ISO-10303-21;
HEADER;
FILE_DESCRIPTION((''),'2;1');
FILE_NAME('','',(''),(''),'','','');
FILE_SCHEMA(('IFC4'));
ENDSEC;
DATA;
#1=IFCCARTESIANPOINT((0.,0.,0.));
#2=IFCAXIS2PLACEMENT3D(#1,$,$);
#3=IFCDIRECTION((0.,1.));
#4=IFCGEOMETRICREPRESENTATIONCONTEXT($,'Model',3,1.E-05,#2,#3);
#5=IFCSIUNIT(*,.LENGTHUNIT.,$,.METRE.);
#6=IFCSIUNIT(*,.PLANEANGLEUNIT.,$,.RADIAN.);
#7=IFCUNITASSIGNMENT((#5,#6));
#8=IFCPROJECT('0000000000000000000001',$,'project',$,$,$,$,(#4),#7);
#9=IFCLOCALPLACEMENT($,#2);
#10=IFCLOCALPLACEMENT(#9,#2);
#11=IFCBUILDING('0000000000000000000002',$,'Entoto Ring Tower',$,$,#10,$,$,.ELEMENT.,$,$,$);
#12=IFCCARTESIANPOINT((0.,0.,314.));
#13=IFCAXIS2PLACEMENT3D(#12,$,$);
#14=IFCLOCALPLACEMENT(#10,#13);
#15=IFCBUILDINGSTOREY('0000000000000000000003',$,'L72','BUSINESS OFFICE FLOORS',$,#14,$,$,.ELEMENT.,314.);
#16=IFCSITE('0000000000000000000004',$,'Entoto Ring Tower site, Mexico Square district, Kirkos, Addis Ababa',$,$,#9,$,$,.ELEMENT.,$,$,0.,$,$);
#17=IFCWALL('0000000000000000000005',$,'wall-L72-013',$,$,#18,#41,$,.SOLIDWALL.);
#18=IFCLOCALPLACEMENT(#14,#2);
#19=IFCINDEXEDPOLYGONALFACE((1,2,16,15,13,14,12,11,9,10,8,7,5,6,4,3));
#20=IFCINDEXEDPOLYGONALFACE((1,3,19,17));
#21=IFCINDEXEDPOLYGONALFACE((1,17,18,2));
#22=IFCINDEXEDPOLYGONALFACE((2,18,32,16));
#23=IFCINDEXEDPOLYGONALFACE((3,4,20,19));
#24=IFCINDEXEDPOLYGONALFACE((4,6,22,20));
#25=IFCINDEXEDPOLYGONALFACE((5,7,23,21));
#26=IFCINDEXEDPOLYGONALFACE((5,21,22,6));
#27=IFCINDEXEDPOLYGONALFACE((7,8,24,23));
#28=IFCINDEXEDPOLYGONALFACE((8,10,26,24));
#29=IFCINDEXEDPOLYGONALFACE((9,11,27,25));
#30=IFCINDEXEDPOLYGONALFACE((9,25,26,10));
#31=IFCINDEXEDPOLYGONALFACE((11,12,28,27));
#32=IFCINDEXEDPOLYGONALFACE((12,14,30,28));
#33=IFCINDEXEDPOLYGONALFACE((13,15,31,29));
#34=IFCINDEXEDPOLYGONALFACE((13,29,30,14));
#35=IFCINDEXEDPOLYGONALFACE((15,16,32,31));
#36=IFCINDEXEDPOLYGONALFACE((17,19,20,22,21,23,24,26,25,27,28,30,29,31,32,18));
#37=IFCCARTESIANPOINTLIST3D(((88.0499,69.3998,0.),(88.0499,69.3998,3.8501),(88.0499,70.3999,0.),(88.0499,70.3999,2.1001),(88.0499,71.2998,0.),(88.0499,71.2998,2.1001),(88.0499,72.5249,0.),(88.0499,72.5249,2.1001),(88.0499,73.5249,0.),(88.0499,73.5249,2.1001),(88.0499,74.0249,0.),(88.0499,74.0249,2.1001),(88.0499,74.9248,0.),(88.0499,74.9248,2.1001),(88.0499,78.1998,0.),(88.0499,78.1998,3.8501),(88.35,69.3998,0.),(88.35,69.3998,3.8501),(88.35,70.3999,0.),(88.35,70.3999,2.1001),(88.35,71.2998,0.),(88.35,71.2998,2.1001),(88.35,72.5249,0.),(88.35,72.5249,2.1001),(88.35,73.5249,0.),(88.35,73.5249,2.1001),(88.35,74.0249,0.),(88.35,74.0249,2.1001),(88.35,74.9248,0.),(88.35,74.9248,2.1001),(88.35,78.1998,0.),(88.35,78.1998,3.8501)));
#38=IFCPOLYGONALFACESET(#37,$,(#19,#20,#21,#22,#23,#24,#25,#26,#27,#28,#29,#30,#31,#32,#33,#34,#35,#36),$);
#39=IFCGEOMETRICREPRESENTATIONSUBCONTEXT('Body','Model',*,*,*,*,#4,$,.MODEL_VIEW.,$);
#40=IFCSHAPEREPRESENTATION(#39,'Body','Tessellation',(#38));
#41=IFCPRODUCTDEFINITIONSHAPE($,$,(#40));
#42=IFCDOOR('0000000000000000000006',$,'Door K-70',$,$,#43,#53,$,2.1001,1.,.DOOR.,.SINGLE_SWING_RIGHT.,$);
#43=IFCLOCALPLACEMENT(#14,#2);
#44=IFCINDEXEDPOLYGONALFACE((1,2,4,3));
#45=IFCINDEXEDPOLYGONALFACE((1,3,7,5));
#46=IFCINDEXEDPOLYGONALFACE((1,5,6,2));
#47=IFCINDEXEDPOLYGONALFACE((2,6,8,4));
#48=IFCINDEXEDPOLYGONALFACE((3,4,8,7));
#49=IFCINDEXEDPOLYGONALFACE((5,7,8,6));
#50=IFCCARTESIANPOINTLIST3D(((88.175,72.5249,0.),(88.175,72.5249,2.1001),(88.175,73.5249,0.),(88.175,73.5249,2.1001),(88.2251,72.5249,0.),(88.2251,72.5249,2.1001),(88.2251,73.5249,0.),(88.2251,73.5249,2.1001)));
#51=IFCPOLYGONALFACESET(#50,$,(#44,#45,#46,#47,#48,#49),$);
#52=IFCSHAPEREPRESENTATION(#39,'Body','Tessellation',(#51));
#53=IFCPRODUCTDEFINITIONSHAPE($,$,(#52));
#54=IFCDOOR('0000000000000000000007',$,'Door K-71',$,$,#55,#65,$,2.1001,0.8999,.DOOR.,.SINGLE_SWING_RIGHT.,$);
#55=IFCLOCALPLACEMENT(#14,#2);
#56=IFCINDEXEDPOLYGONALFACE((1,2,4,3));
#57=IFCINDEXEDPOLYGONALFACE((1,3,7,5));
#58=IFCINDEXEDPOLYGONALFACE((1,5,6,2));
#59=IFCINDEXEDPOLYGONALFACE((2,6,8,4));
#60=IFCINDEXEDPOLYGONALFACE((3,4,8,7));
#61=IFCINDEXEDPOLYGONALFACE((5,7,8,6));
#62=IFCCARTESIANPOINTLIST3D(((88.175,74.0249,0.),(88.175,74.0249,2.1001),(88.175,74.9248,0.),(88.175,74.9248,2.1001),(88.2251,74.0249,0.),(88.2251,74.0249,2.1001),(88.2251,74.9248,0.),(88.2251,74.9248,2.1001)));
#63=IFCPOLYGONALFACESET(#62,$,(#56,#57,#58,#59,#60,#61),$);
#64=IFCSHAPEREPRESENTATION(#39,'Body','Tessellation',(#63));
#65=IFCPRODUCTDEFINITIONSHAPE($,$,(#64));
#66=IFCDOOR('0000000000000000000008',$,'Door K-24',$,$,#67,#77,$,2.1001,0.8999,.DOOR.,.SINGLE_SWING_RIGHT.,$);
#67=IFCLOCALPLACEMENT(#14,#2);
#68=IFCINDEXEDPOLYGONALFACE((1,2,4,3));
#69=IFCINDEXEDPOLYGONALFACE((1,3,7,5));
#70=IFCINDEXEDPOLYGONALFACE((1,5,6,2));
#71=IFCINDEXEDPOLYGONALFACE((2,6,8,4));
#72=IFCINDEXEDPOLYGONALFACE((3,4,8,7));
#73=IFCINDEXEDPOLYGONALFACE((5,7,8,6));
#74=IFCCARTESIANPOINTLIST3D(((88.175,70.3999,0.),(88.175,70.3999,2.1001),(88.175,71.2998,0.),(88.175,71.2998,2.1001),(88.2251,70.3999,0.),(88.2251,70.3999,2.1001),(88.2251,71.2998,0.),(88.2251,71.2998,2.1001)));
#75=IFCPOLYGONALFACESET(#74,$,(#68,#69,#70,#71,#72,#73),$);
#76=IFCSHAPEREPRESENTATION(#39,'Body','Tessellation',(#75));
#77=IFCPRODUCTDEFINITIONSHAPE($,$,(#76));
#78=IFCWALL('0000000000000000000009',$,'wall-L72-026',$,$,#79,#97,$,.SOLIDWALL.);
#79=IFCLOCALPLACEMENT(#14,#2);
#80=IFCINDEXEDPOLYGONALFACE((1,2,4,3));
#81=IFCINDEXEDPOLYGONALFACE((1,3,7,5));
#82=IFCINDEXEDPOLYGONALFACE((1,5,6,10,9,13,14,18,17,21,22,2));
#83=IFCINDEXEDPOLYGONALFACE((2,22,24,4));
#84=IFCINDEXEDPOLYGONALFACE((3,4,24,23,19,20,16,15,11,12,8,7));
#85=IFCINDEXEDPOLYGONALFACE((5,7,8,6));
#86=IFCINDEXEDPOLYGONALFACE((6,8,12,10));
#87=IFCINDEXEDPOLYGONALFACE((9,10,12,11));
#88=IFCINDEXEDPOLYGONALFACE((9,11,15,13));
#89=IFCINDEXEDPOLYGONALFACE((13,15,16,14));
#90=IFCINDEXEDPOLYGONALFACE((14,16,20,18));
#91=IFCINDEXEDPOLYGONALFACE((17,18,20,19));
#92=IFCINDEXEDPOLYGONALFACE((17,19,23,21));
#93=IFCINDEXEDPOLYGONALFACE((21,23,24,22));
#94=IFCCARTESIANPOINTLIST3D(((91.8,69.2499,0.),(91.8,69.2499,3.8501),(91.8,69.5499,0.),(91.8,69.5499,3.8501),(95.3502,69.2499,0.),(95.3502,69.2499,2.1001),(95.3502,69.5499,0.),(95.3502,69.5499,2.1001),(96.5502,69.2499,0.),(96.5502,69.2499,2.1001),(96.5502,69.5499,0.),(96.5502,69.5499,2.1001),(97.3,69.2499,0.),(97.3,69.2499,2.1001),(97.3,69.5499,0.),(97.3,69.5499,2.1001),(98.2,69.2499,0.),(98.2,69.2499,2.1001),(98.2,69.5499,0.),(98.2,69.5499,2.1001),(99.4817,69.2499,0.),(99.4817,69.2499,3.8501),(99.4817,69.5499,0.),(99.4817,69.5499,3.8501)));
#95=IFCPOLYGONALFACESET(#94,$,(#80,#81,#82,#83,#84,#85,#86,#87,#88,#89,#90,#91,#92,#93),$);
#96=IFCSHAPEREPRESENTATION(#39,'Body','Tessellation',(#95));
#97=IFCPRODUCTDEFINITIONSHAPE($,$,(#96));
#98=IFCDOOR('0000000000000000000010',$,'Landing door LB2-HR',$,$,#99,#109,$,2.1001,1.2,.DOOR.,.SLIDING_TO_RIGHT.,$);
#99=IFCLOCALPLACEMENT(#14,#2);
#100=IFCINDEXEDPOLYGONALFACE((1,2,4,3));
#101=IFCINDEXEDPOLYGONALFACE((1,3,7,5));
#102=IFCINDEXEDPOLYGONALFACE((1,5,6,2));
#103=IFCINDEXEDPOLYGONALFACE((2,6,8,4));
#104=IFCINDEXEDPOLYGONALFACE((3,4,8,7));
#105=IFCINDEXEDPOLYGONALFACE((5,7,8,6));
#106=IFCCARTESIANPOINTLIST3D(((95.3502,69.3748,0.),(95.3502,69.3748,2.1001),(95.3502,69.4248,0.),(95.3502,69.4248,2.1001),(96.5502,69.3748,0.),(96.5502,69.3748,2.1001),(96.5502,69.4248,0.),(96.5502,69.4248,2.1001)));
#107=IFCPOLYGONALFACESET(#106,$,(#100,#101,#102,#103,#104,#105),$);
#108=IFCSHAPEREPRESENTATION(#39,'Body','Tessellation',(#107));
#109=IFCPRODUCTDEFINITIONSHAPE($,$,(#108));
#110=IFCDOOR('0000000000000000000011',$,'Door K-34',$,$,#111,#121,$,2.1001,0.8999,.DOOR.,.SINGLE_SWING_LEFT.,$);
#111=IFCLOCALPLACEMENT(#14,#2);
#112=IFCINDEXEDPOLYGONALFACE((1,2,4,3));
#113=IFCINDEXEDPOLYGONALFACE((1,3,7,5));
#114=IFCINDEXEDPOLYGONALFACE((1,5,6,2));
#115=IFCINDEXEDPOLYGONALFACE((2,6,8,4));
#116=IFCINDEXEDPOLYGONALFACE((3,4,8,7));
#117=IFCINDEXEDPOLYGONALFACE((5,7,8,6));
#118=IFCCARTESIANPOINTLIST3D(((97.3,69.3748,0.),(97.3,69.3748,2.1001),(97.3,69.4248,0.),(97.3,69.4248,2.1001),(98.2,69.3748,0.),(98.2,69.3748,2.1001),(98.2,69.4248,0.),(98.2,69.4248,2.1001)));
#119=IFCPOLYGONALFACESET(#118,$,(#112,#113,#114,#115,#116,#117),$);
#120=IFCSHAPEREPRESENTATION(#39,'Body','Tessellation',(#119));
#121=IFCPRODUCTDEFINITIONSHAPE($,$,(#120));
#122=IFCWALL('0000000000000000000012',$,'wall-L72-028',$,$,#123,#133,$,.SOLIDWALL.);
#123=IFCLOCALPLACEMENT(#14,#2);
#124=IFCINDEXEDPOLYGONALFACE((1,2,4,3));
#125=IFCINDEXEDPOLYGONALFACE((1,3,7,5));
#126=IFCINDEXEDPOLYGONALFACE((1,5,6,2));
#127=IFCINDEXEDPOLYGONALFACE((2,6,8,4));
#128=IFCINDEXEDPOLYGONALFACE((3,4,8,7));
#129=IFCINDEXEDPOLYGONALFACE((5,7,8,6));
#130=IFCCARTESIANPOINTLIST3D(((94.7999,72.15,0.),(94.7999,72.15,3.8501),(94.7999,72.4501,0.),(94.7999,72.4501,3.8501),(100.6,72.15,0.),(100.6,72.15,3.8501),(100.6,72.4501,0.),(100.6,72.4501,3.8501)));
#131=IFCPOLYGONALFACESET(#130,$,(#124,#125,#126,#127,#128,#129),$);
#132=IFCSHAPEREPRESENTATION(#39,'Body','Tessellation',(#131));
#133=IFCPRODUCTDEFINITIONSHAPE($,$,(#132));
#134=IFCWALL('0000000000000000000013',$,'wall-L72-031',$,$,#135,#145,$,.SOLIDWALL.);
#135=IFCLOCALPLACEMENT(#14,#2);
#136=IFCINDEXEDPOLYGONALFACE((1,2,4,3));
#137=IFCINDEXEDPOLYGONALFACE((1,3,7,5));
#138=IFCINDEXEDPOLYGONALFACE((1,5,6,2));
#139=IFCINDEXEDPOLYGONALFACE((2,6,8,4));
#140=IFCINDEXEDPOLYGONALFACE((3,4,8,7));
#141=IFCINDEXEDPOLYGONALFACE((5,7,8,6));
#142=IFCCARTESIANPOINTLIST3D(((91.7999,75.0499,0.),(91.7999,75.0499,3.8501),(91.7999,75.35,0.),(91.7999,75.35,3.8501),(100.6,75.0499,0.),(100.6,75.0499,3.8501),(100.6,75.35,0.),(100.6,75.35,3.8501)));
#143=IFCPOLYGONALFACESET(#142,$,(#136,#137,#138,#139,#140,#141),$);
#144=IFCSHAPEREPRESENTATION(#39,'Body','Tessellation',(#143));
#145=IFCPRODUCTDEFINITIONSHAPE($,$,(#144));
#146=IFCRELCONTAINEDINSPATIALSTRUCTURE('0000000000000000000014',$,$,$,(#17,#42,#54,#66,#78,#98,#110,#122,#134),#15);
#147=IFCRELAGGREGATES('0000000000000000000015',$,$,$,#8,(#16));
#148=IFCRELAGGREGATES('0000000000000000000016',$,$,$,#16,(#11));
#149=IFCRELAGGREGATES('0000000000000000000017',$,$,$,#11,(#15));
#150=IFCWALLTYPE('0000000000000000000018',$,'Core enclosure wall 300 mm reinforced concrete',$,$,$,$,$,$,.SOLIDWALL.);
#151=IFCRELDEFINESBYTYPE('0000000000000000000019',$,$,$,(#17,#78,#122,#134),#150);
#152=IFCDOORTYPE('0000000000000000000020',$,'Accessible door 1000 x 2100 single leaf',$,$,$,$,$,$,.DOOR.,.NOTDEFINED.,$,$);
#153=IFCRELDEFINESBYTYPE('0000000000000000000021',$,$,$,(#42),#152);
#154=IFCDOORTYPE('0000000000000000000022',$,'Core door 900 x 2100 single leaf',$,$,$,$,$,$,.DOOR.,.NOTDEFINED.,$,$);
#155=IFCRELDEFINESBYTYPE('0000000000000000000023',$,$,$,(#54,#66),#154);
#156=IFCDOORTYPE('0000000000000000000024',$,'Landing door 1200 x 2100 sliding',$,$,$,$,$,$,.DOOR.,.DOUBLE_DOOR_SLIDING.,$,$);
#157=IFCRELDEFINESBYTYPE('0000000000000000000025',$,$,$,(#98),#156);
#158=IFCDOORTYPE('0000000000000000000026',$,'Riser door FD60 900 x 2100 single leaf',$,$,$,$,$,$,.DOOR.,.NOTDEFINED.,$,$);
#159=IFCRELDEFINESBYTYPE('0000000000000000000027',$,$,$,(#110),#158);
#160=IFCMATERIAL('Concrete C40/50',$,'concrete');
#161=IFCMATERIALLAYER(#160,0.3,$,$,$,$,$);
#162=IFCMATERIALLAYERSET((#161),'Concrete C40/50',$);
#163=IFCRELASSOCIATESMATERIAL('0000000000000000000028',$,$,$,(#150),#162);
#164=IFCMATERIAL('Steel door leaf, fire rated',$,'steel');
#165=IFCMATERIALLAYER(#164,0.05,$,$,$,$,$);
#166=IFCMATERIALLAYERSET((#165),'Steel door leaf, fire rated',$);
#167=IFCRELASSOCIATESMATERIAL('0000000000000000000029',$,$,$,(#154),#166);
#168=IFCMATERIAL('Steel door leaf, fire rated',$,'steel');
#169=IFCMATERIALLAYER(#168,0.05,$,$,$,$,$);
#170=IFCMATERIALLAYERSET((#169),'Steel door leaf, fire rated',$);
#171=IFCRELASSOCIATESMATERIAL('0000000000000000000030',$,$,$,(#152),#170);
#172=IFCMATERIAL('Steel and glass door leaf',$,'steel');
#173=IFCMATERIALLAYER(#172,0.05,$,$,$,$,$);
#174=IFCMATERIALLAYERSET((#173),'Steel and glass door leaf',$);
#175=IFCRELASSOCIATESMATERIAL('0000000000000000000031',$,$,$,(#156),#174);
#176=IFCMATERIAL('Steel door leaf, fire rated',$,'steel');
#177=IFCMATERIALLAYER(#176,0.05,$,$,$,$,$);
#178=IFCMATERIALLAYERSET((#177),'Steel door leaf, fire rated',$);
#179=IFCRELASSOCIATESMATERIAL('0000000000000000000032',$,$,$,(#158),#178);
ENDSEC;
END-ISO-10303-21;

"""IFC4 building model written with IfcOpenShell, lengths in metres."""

from ifc_helpers import new_model, si_unit, direction, frame, frame_2d, origin, place, context, subcontext, project, spatial, rectangle, extrude, material, layer, layer_set, type_object, element, fill, save


model = new_model("IFC4")

# Units and contexts
model_context = context("Model", 3, precision=1e-05, world=origin(), true_north=direction((0.0, 1.0)))
body_context = subcontext(model_context, "Body", "Model", "MODEL_VIEW")
ifc_project = project(units=[si_unit("LENGTHUNIT", "METRE"), si_unit("PLANEANGLEUNIT", "RADIAN")], contexts=[model_context])

# Site, building, storey
site_placement = place(None, origin())
site = spatial("IfcSite", under=ifc_project, at=site_placement, Name="Entoto Ring Tower site, Mexico Square district, Kirkos, Addis Ababa", CompositionType="ELEMENT", RefElevation=0.0)
building_placement = place(site_placement, origin())
building = spatial("IfcBuilding", under=site, at=building_placement, Name="Entoto Ring Tower", CompositionType="ELEMENT")
storey_placement = place(building_placement, frame((0.0, 0.0, 314.0)))
storey = spatial("IfcBuildingStorey", under=building, at=storey_placement, Name="L72", Description="BUSINESS OFFICE FLOORS", CompositionType="ELEMENT", Elevation=314.0)

# Shared definitions
ifc_material_1 = material(Name="Concrete C40/50", Category="concrete")
ifc_layer_1 = layer(ifc_material_1, 0.3)
ifc_layer_set_1 = layer_set([ifc_layer_1], Name="Concrete C40/50")
wall_type = type_object("IfcWallType", Name="Core enclosure wall 300 mm reinforced concrete", PredefinedType="SOLIDWALL", material=ifc_layer_set_1)

# Shared definitions
ifc_material_2 = material(Name="Steel door leaf, fire rated", Category="steel")
ifc_layer_2 = layer(ifc_material_2, 0.05)
ifc_layer_set_2 = layer_set([ifc_layer_2], Name="Steel door leaf, fire rated")
door_type_1 = type_object("IfcDoorType", Name="Core door 900 x 2100 single leaf", OperationType="NOTDEFINED", PredefinedType="DOOR", material=ifc_layer_set_2)

# Walls, openings, doors
wall_1_placement = place(storey_placement, frame((88.2, 69.3999, 0.0), z_axis=(0.0, 0.0, 1.0), x_axis=(0.0, 1.0, 0.0)))
wall_1 = element("IfcWall", 1, at=wall_1_placement, inside=storey, type_object=wall_type, Name="wall-L72-013", PredefinedType="SOLIDWALL", context=body_context, shape_type="SweptSolid", body=[
    extrude(rectangle(XDim=8.8, YDim=0.3, at=frame_2d((4.3999, 0.0))), origin(), (0.0, 0.0, 1.0), 3.8501),
])
opening_1_placement = place(wall_1_placement, frame((3.125, 0.0, 0.0)))
opening_1 = element("IfcOpeningElement", 2, at=opening_1_placement, cuts=wall_1, PredefinedType="OPENING", context=body_context, shape_type="SweptSolid", body=[
    extrude(rectangle(XDim=1.0, YDim=2.1001, at=frame_2d((0.5, 1.05))), frame((0.0, 0.1602, 0.0), z_axis=(0.0, -1.0, 0.0), x_axis=(1.0, 0.0, 0.0)), (0.0, 0.0, 1.0), 0.3201),
])
opening_2_placement = place(wall_1_placement, frame((4.625, 0.0, 0.0)))
opening_2 = element("IfcOpeningElement", 3, at=opening_2_placement, cuts=wall_1, PredefinedType="OPENING", context=body_context, shape_type="SweptSolid", body=[
    extrude(rectangle(XDim=0.8999, YDim=2.1001, at=frame_2d((0.45, 1.05))), frame((0.0, 0.1602, 0.0), z_axis=(0.0, -1.0, 0.0), x_axis=(1.0, 0.0, 0.0)), (0.0, 0.0, 1.0), 0.3201),
])
opening_3_placement = place(wall_1_placement, frame((1.0, 0.0, 0.0)))
opening_3 = element("IfcOpeningElement", 4, at=opening_3_placement, cuts=wall_1, PredefinedType="OPENING", context=body_context, shape_type="SweptSolid", body=[
    extrude(rectangle(XDim=0.8999, YDim=2.1001, at=frame_2d((0.45, 1.05))), frame((0.0, 0.1602, 0.0), z_axis=(0.0, -1.0, 0.0), x_axis=(1.0, 0.0, 0.0)), (0.0, 0.0, 1.0), 0.3201),
])
ifc_material_3 = material(Name="Steel door leaf, fire rated", Category="steel")
ifc_layer_3 = layer(ifc_material_3, 0.05)
ifc_layer_set_3 = layer_set([ifc_layer_3], Name="Steel door leaf, fire rated")
door_type_2 = type_object("IfcDoorType", Name="Accessible door 1000 x 2100 single leaf", OperationType="NOTDEFINED", PredefinedType="DOOR", material=ifc_layer_set_3)
door_1_placement = place(opening_1_placement, origin())
door_1 = element("IfcDoor", 5, at=door_1_placement, inside=storey, type_object=door_type_2, Name="Door K-70", OperationType="SINGLE_SWING_RIGHT", OverallHeight=2.1001, OverallWidth=1.0, PredefinedType="DOOR", context=body_context, shape_type="SweptSolid", body=[
    extrude(rectangle(XDim=1.0, YDim=2.1001, at=frame_2d((0.5, 1.05))), frame((0.0, 0.0249, 0.0), z_axis=(0.0, -1.0, 0.0), x_axis=(1.0, 0.0, 0.0)), (0.0, 0.0, 1.0), 0.05),
])
fill(opening_1, door_1)
door_2_placement = place(opening_2_placement, origin())
door_2 = element("IfcDoor", 6, at=door_2_placement, inside=storey, type_object=door_type_1, Name="Door K-71", OperationType="SINGLE_SWING_RIGHT", OverallHeight=2.1001, OverallWidth=0.8999, PredefinedType="DOOR", context=body_context, shape_type="SweptSolid", body=[
    extrude(rectangle(XDim=0.8999, YDim=2.1001, at=frame_2d((0.45, 1.05))), frame((0.0, 0.0249, 0.0), z_axis=(0.0, -1.0, 0.0), x_axis=(1.0, 0.0, 0.0)), (0.0, 0.0, 1.0), 0.05),
])
fill(opening_2, door_2)
door_3_placement = place(opening_3_placement, origin())
door_3 = element("IfcDoor", 7, at=door_3_placement, inside=storey, type_object=door_type_1, Name="Door K-24", OperationType="SINGLE_SWING_RIGHT", OverallHeight=2.1001, OverallWidth=0.8999, PredefinedType="DOOR", context=body_context, shape_type="SweptSolid", body=[
    extrude(rectangle(XDim=0.8999, YDim=2.1001, at=frame_2d((0.45, 1.05))), frame((0.0, 0.0249, 0.0), z_axis=(0.0, -1.0, 0.0), x_axis=(1.0, 0.0, 0.0)), (0.0, 0.0, 1.0), 0.05),
])
fill(opening_3, door_3)
wall_2_placement = place(storey_placement, frame((91.8, 69.3999, 0.0), z_axis=(0.0, 0.0, 1.0), x_axis=(1.0, 0.0, 0.0)))
wall_2 = element("IfcWall", 8, at=wall_2_placement, inside=storey, type_object=wall_type, Name="wall-L72-026", PredefinedType="SOLIDWALL", context=body_context, shape_type="SweptSolid", body=[
    extrude(rectangle(XDim=7.6816, YDim=0.3, at=frame_2d((3.8408, 0.0))), origin(), (0.0, 0.0, 1.0), 3.8501),
])
opening_4_placement = place(wall_2_placement, frame((3.55, 0.0, 0.0)))
opening_4 = element("IfcOpeningElement", 9, at=opening_4_placement, cuts=wall_2, PredefinedType="OPENING", context=body_context, shape_type="SweptSolid", body=[
    extrude(rectangle(XDim=1.2, YDim=2.1001, at=frame_2d((0.6001, 1.05))), frame((0.0, 0.1602, 0.0), z_axis=(0.0, -1.0, 0.0), x_axis=(1.0, 0.0, 0.0)), (0.0, 0.0, 1.0), 0.3201),
])
opening_5_placement = place(wall_2_placement, frame((5.5, 0.0, 0.0)))
opening_5 = element("IfcOpeningElement", 10, at=opening_5_placement, cuts=wall_2, PredefinedType="OPENING", context=body_context, shape_type="SweptSolid", body=[
    extrude(rectangle(XDim=0.8999, YDim=2.1001, at=frame_2d((0.45, 1.05))), frame((0.0, 0.1602, 0.0), z_axis=(0.0, -1.0, 0.0), x_axis=(1.0, 0.0, 0.0)), (0.0, 0.0, 1.0), 0.3201),
])
ifc_material_4 = material(Name="Steel and glass door leaf", Category="steel")
ifc_layer_4 = layer(ifc_material_4, 0.05)
ifc_layer_set_4 = layer_set([ifc_layer_4], Name="Steel and glass door leaf")
door_type_3 = type_object("IfcDoorType", Name="Landing door 1200 x 2100 sliding", OperationType="DOUBLE_DOOR_SLIDING", PredefinedType="DOOR", material=ifc_layer_set_4)
door_4_placement = place(opening_4_placement, origin())
door_4 = element("IfcDoor", 11, at=door_4_placement, inside=storey, type_object=door_type_3, Name="Landing door LB2-HR", OperationType="SLIDING_TO_RIGHT", OverallHeight=2.1001, OverallWidth=1.2, PredefinedType="DOOR", context=body_context, shape_type="SweptSolid", body=[
    extrude(rectangle(XDim=1.2, YDim=2.1001, at=frame_2d((0.6001, 1.05))), frame((0.0, 0.0249, 0.0), z_axis=(0.0, -1.0, 0.0), x_axis=(1.0, 0.0, 0.0)), (0.0, 0.0, 1.0), 0.05),
])
fill(opening_4, door_4)
ifc_material_5 = material(Name="Steel door leaf, fire rated", Category="steel")
ifc_layer_5 = layer(ifc_material_5, 0.05)
ifc_layer_set_5 = layer_set([ifc_layer_5], Name="Steel door leaf, fire rated")
door_type_4 = type_object("IfcDoorType", Name="Riser door FD60 900 x 2100 single leaf", OperationType="NOTDEFINED", PredefinedType="DOOR", material=ifc_layer_set_5)
door_5_placement = place(opening_5_placement, origin())
door_5 = element("IfcDoor", 12, at=door_5_placement, inside=storey, type_object=door_type_4, Name="Door K-34", OperationType="SINGLE_SWING_LEFT", OverallHeight=2.1001, OverallWidth=0.8999, PredefinedType="DOOR", context=body_context, shape_type="SweptSolid", body=[
    extrude(rectangle(XDim=0.8999, YDim=2.1001, at=frame_2d((0.45, 1.05))), frame((0.0, 0.0249, 0.0), z_axis=(0.0, -1.0, 0.0), x_axis=(1.0, 0.0, 0.0)), (0.0, 0.0, 1.0), 0.05),
])
fill(opening_5, door_5)

# Walls
wall_3_placement = place(storey_placement, frame((94.8, 72.3, 0.0), z_axis=(0.0, 0.0, 1.0), x_axis=(1.0, 0.0, 0.0)))
element("IfcWall", 13, at=wall_3_placement, inside=storey, type_object=wall_type, Name="wall-L72-028", PredefinedType="SOLIDWALL", context=body_context, shape_type="SweptSolid", body=[
    extrude(rectangle(XDim=5.8, YDim=0.3, at=frame_2d((2.8999, 0.0))), origin(), (0.0, 0.0, 1.0), 3.8501),
])
wall_4_placement = place(storey_placement, frame((91.8, 75.2, 0.0), z_axis=(0.0, 0.0, 1.0), x_axis=(1.0, 0.0, 0.0)))
element("IfcWall", 14, at=wall_4_placement, inside=storey, type_object=wall_type, Name="wall-L72-031", PredefinedType="SOLIDWALL", context=body_context, shape_type="SweptSolid", body=[
    extrude(rectangle(XDim=8.8, YDim=0.3, at=frame_2d((4.3999, 0.0))), origin(), (0.0, 0.0, 1.0), 3.8501),
])

save(model, "model.ifc")
